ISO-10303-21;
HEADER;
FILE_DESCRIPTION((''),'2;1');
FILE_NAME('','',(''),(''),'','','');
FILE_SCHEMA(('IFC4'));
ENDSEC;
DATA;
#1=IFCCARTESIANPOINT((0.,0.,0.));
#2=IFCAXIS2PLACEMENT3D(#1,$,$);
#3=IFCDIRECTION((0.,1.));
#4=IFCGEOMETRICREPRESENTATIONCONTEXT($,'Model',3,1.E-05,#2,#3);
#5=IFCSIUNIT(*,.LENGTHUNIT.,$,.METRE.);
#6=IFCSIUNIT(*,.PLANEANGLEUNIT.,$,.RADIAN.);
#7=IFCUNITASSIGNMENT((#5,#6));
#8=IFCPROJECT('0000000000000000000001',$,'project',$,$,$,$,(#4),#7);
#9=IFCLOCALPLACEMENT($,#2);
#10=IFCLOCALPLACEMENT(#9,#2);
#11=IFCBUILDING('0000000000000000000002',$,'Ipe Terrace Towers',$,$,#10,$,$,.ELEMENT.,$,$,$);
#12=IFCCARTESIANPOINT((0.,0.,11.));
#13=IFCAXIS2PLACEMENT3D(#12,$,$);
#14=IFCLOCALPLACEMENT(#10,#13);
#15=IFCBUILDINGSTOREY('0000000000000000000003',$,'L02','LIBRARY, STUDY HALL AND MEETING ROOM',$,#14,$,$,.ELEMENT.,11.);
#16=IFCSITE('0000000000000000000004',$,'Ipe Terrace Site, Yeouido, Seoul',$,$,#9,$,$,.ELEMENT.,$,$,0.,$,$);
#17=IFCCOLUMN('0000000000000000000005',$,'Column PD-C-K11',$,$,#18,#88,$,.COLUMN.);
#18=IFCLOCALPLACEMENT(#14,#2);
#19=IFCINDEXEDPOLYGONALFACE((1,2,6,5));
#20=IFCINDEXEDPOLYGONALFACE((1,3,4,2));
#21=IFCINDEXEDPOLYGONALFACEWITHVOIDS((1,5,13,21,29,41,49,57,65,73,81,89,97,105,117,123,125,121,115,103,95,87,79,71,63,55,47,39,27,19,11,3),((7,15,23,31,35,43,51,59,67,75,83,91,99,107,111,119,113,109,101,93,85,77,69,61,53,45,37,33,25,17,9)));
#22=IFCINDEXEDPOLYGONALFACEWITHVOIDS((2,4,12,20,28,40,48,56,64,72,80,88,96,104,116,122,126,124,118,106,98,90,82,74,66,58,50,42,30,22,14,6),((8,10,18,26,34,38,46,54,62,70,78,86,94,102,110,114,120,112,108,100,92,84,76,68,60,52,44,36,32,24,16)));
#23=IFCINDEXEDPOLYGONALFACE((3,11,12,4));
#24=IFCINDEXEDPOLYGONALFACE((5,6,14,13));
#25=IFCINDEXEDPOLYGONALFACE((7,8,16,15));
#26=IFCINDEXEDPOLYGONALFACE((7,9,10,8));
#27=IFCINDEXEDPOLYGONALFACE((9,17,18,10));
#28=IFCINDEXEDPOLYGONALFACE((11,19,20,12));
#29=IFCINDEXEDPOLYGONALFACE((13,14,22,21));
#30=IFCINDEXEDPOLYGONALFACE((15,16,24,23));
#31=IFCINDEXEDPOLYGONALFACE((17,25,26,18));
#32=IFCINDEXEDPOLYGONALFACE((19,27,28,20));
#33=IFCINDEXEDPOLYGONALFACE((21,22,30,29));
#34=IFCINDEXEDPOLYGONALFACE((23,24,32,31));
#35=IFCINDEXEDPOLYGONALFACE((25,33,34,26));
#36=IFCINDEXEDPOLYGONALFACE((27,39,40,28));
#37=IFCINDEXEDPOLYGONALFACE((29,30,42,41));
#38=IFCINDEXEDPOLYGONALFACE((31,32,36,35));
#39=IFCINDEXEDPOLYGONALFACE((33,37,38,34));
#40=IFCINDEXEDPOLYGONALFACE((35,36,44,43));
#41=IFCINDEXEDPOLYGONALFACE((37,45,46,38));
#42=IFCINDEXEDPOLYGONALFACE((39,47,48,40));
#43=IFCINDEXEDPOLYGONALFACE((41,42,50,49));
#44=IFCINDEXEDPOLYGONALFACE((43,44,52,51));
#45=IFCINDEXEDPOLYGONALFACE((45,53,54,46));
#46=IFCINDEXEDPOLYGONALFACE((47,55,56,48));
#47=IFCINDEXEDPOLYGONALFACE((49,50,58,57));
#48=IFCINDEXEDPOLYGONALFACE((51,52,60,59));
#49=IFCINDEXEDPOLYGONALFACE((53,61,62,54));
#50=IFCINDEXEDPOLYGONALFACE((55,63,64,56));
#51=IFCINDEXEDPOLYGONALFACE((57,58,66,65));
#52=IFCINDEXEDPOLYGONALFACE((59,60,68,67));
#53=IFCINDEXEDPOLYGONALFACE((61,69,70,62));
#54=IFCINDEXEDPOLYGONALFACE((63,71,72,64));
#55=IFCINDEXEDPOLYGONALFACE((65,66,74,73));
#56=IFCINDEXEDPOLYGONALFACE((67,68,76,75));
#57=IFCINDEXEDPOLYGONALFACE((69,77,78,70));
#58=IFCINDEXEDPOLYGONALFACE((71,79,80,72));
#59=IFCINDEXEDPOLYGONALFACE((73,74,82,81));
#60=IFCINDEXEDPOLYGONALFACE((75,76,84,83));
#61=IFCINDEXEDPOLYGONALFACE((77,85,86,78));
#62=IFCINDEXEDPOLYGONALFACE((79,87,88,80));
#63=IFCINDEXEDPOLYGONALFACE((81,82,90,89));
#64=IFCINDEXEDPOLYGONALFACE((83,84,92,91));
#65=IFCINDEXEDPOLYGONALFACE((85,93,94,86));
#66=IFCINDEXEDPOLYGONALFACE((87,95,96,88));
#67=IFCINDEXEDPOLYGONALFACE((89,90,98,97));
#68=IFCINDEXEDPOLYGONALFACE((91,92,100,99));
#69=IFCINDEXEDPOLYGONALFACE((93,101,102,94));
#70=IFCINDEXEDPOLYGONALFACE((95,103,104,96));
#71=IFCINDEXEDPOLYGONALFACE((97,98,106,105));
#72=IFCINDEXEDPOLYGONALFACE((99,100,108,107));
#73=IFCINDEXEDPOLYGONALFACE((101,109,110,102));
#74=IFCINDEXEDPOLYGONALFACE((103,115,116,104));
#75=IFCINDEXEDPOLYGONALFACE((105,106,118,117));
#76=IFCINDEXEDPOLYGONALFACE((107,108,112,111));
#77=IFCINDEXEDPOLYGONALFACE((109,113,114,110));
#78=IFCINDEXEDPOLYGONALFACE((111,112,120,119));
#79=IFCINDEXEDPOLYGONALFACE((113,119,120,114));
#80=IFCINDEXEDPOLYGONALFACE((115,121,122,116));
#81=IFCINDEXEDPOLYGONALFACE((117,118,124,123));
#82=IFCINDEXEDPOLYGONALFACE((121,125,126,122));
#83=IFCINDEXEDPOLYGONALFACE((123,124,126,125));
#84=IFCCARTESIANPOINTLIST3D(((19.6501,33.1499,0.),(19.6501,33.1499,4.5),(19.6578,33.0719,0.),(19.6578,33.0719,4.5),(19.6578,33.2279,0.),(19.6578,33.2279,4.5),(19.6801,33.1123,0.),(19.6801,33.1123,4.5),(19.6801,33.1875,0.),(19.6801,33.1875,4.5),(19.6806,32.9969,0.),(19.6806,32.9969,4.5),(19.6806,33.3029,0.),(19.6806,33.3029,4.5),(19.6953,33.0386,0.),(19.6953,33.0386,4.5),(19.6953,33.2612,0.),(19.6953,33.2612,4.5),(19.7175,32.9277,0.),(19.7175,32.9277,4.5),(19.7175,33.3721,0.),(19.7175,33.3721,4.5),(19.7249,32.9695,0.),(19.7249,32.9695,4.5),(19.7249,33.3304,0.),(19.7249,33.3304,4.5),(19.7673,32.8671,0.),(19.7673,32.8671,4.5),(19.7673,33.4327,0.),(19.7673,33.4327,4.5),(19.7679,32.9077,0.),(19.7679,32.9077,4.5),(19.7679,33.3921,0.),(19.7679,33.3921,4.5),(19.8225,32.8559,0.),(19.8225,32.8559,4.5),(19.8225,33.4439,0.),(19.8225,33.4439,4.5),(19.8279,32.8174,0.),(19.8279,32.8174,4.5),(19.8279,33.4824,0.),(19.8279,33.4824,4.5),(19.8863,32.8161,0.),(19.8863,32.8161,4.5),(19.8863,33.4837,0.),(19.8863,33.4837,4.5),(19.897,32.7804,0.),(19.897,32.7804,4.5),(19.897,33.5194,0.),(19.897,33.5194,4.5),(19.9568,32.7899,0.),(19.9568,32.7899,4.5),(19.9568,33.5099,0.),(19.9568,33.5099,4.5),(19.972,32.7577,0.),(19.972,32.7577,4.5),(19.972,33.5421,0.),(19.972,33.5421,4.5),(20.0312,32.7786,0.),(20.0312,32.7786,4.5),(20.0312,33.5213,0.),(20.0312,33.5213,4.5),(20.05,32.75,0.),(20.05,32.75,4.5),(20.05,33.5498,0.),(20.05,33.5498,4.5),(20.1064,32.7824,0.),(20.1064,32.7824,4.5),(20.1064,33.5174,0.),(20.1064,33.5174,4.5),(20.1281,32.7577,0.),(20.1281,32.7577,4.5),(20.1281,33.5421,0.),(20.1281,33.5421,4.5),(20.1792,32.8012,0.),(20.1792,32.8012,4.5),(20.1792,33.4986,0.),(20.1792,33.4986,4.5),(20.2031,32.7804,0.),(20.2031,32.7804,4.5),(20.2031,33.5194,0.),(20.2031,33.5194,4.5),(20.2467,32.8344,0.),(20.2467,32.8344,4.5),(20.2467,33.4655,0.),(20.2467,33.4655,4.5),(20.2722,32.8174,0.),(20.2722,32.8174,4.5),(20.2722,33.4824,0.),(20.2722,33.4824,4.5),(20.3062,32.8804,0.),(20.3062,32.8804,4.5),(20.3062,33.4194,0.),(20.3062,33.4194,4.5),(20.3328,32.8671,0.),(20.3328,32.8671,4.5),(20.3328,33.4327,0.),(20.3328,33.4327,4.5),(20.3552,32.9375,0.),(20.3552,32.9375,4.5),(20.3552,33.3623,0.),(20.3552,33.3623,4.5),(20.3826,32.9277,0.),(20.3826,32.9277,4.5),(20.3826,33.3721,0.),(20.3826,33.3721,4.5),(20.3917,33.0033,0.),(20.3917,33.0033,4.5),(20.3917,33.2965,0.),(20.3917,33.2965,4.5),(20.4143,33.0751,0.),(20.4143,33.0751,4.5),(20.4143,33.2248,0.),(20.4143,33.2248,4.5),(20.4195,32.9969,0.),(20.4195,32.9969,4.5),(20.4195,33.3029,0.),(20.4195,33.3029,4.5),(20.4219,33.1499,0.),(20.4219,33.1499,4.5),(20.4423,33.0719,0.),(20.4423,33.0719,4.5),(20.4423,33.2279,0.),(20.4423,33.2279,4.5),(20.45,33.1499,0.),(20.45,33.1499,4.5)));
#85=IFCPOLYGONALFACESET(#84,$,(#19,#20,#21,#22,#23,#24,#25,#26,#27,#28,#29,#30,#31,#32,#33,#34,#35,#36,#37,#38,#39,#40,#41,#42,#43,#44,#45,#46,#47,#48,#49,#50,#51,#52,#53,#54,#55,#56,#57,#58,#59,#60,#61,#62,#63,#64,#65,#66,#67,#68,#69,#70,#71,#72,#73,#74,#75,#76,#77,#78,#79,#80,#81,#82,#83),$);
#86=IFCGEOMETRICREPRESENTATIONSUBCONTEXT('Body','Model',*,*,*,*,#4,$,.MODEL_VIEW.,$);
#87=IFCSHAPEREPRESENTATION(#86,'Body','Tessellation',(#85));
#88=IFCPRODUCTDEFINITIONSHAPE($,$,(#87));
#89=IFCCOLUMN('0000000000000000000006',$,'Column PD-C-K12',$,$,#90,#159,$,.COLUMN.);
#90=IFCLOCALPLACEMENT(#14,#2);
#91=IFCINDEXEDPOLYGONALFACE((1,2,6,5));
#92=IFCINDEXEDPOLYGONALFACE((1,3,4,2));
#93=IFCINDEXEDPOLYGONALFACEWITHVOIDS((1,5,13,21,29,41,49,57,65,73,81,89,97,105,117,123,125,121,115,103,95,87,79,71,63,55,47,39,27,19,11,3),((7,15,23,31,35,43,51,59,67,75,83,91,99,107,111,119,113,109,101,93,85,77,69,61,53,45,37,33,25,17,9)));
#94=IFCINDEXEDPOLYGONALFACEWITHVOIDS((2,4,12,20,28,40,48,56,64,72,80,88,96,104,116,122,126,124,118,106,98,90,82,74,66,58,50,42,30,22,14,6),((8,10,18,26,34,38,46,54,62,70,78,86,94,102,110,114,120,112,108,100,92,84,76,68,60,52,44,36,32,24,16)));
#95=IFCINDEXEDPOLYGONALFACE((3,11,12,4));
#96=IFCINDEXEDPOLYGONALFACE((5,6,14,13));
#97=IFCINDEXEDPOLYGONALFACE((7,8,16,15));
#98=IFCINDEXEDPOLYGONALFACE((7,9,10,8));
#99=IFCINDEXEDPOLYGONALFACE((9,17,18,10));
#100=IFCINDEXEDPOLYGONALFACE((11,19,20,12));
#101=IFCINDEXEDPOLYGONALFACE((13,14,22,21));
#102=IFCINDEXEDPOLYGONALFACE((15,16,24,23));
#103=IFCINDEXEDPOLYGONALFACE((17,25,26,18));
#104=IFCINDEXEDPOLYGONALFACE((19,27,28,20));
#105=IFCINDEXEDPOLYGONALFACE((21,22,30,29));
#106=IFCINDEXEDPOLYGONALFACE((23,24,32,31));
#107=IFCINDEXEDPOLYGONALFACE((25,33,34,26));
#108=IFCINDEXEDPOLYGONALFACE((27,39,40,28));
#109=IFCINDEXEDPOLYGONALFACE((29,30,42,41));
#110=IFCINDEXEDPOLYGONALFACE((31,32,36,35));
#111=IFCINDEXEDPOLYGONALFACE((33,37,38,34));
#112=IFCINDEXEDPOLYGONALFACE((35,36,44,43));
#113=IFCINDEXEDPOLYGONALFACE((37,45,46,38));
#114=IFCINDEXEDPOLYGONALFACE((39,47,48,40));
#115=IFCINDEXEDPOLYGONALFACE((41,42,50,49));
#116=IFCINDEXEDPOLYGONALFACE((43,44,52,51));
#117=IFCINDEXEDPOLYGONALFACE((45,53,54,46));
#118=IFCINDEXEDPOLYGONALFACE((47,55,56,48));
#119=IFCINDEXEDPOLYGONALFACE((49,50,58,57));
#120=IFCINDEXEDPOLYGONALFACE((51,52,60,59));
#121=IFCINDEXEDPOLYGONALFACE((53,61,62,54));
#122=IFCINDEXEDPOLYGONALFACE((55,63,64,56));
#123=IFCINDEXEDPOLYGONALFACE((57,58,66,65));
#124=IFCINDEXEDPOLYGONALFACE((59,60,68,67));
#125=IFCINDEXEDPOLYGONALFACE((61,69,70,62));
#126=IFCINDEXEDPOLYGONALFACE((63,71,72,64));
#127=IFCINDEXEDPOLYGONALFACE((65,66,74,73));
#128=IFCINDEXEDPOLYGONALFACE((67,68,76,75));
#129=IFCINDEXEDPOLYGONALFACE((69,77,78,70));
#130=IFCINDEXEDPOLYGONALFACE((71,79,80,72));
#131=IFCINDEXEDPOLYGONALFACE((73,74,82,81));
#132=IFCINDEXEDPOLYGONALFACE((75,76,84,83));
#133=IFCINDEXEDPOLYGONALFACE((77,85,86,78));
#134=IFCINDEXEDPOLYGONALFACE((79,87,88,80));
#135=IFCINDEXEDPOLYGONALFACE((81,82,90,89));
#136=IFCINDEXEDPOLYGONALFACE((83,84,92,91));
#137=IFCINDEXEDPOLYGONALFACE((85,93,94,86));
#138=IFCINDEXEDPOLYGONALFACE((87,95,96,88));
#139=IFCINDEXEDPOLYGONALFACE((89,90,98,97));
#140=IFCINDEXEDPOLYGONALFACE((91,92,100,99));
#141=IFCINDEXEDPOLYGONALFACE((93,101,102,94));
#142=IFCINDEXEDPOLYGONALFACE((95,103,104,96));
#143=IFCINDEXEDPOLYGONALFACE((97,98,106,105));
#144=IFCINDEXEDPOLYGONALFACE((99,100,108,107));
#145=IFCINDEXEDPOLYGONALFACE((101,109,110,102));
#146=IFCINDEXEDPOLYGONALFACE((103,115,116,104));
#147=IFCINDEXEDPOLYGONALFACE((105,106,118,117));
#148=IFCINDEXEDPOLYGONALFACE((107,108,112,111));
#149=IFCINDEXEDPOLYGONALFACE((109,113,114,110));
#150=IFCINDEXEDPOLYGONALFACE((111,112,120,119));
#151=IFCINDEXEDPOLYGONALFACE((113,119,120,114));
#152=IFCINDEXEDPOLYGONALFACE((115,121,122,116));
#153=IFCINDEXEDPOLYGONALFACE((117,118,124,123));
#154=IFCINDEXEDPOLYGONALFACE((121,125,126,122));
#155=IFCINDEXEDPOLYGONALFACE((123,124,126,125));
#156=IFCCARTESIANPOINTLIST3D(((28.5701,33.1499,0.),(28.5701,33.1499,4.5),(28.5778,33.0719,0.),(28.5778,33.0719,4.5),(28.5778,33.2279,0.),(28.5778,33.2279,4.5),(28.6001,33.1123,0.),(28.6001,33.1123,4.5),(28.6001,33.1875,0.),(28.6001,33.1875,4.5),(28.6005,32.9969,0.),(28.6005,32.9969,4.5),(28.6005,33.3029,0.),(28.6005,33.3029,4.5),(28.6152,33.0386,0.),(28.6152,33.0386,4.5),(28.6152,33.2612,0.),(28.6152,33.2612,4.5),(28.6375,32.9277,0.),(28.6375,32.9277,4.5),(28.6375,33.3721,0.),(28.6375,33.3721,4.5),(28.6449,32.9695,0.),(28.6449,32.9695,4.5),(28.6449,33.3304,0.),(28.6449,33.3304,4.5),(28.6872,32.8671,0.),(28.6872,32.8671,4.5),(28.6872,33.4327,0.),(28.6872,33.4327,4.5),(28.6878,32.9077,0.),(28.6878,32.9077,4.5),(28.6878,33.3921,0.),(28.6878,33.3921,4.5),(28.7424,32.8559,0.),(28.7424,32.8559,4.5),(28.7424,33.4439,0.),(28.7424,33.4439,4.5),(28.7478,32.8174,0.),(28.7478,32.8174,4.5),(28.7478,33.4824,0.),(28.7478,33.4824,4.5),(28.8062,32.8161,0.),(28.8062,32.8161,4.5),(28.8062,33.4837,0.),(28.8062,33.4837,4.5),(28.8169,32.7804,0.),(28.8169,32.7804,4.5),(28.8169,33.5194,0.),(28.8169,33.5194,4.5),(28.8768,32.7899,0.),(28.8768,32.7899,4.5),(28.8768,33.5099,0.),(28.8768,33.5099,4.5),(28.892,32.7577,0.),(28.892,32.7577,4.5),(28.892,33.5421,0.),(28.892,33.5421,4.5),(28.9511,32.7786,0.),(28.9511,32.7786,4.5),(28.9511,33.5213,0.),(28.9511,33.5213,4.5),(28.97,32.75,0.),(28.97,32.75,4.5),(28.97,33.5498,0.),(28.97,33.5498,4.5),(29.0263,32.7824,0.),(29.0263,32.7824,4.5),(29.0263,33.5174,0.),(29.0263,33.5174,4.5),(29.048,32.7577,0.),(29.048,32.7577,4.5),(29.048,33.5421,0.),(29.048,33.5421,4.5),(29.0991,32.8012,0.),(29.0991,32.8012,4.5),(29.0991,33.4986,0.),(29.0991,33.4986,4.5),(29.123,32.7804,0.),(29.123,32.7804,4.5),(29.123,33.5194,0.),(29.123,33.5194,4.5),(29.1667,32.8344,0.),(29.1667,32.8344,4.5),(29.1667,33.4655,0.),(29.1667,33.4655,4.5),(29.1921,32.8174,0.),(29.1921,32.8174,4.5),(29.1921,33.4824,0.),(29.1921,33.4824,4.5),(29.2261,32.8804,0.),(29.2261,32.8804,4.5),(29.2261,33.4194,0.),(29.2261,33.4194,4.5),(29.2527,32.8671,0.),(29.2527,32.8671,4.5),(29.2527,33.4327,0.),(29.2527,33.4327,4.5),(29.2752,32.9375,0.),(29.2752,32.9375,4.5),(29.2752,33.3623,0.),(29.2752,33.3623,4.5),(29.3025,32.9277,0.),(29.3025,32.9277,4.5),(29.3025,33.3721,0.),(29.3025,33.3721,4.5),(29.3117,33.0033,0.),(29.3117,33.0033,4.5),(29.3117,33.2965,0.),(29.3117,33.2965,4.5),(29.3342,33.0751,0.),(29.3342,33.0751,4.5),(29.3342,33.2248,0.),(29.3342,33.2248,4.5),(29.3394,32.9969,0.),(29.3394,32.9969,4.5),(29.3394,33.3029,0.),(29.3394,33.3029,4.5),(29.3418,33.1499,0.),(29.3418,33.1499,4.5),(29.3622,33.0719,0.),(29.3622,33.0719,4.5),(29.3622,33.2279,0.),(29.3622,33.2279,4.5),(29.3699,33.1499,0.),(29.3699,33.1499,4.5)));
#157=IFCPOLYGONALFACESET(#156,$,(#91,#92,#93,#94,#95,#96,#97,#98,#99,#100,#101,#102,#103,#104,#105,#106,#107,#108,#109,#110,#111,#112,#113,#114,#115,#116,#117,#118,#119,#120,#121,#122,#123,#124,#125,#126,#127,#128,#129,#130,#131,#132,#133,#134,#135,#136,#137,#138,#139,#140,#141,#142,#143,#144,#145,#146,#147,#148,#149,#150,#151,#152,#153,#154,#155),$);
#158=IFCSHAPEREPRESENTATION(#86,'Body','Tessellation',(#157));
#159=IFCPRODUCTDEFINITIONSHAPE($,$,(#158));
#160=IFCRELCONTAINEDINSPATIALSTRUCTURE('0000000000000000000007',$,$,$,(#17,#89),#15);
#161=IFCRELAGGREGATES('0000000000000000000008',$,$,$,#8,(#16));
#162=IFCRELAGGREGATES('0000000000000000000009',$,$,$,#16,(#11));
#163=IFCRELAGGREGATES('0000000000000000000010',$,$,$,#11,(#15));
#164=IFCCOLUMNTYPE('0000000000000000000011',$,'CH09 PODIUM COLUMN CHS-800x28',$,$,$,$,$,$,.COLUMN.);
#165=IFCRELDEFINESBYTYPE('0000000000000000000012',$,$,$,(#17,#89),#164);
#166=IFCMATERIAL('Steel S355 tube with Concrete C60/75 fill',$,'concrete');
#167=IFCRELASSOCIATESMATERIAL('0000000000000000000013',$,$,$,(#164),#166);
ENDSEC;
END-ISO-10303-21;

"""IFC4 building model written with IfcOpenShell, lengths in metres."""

from ifc_helpers import new_model, si_unit, direction, frame, origin, origin_2d, place, context, subcontext, project, spatial, hollow_circle, extrude, material, material_profile, profile_set, type_object, element, save


model = new_model("IFC4")

# Units and contexts
model_context = context("Model", 3, precision=1e-05, world=origin(), true_north=direction((0.0, 1.0)))
body_context = subcontext(model_context, "Body", "Model", "MODEL_VIEW")
ifc_project = project(units=[si_unit("LENGTHUNIT", "METRE"), si_unit("PLANEANGLEUNIT", "RADIAN")], contexts=[model_context])

# Site, building, storey
site_placement = place(None, origin())
site = spatial("IfcSite", under=ifc_project, at=site_placement, Name="Ipe Terrace Site, Yeouido, Seoul", CompositionType="ELEMENT", RefElevation=0.0)
building_placement = place(site_placement, origin())
building = spatial("IfcBuilding", under=site, at=building_placement, Name="Ipe Terrace Towers", CompositionType="ELEMENT")
storey_placement = place(building_placement, frame((0.0, 0.0, 11.0)))
storey = spatial("IfcBuildingStorey", under=building, at=storey_placement, Name="L02", Description="LIBRARY, STUDY HALL AND MEETING ROOM", CompositionType="ELEMENT", Elevation=11.0)

# Columns
ifc_material_1 = material(Name="Steel S355 tube with Concrete C60/75 fill", Category="concrete")
ifc_material_profile_1 = material_profile(ifc_material_1, hollow_circle(Radius=0.3999, WallThickness=0.0281, at=origin_2d()), Name="CHS-800x28")
ifc_profile_set_1 = profile_set([ifc_material_profile_1], Name="Steel S355 tube with Concrete C60/75 fill")
column_type = type_object("IfcColumnType", Name="CH09 PODIUM COLUMN CHS-800x28", PredefinedType="COLUMN", material=ifc_profile_set_1)
for number, where, z_axis, x_axis, name in (
    (1, (20.05, 33.1499, 0.0), (0.0, 0.0, 1.0), (1.0, 0.0, 0.0), "Column PD-C-K11"),
    (2, (28.97, 33.1499, 0.0), (0.0, 0.0, 1.0), (1.0, 0.0, 0.0), "Column PD-C-K12"),
):
    element("IfcColumn", number, at=place(storey_placement, frame(where, z_axis=z_axis, x_axis=x_axis)), inside=storey, type_object=column_type, Name=name, PredefinedType="COLUMN", context=body_context, shape_type="SweptSolid", body=[
        extrude(hollow_circle(Radius=0.3999, WallThickness=0.0281, at=origin_2d()), origin(), (0.0, 0.0, 1.0), 4.5),
    ])

save(model, "model.ifc")
